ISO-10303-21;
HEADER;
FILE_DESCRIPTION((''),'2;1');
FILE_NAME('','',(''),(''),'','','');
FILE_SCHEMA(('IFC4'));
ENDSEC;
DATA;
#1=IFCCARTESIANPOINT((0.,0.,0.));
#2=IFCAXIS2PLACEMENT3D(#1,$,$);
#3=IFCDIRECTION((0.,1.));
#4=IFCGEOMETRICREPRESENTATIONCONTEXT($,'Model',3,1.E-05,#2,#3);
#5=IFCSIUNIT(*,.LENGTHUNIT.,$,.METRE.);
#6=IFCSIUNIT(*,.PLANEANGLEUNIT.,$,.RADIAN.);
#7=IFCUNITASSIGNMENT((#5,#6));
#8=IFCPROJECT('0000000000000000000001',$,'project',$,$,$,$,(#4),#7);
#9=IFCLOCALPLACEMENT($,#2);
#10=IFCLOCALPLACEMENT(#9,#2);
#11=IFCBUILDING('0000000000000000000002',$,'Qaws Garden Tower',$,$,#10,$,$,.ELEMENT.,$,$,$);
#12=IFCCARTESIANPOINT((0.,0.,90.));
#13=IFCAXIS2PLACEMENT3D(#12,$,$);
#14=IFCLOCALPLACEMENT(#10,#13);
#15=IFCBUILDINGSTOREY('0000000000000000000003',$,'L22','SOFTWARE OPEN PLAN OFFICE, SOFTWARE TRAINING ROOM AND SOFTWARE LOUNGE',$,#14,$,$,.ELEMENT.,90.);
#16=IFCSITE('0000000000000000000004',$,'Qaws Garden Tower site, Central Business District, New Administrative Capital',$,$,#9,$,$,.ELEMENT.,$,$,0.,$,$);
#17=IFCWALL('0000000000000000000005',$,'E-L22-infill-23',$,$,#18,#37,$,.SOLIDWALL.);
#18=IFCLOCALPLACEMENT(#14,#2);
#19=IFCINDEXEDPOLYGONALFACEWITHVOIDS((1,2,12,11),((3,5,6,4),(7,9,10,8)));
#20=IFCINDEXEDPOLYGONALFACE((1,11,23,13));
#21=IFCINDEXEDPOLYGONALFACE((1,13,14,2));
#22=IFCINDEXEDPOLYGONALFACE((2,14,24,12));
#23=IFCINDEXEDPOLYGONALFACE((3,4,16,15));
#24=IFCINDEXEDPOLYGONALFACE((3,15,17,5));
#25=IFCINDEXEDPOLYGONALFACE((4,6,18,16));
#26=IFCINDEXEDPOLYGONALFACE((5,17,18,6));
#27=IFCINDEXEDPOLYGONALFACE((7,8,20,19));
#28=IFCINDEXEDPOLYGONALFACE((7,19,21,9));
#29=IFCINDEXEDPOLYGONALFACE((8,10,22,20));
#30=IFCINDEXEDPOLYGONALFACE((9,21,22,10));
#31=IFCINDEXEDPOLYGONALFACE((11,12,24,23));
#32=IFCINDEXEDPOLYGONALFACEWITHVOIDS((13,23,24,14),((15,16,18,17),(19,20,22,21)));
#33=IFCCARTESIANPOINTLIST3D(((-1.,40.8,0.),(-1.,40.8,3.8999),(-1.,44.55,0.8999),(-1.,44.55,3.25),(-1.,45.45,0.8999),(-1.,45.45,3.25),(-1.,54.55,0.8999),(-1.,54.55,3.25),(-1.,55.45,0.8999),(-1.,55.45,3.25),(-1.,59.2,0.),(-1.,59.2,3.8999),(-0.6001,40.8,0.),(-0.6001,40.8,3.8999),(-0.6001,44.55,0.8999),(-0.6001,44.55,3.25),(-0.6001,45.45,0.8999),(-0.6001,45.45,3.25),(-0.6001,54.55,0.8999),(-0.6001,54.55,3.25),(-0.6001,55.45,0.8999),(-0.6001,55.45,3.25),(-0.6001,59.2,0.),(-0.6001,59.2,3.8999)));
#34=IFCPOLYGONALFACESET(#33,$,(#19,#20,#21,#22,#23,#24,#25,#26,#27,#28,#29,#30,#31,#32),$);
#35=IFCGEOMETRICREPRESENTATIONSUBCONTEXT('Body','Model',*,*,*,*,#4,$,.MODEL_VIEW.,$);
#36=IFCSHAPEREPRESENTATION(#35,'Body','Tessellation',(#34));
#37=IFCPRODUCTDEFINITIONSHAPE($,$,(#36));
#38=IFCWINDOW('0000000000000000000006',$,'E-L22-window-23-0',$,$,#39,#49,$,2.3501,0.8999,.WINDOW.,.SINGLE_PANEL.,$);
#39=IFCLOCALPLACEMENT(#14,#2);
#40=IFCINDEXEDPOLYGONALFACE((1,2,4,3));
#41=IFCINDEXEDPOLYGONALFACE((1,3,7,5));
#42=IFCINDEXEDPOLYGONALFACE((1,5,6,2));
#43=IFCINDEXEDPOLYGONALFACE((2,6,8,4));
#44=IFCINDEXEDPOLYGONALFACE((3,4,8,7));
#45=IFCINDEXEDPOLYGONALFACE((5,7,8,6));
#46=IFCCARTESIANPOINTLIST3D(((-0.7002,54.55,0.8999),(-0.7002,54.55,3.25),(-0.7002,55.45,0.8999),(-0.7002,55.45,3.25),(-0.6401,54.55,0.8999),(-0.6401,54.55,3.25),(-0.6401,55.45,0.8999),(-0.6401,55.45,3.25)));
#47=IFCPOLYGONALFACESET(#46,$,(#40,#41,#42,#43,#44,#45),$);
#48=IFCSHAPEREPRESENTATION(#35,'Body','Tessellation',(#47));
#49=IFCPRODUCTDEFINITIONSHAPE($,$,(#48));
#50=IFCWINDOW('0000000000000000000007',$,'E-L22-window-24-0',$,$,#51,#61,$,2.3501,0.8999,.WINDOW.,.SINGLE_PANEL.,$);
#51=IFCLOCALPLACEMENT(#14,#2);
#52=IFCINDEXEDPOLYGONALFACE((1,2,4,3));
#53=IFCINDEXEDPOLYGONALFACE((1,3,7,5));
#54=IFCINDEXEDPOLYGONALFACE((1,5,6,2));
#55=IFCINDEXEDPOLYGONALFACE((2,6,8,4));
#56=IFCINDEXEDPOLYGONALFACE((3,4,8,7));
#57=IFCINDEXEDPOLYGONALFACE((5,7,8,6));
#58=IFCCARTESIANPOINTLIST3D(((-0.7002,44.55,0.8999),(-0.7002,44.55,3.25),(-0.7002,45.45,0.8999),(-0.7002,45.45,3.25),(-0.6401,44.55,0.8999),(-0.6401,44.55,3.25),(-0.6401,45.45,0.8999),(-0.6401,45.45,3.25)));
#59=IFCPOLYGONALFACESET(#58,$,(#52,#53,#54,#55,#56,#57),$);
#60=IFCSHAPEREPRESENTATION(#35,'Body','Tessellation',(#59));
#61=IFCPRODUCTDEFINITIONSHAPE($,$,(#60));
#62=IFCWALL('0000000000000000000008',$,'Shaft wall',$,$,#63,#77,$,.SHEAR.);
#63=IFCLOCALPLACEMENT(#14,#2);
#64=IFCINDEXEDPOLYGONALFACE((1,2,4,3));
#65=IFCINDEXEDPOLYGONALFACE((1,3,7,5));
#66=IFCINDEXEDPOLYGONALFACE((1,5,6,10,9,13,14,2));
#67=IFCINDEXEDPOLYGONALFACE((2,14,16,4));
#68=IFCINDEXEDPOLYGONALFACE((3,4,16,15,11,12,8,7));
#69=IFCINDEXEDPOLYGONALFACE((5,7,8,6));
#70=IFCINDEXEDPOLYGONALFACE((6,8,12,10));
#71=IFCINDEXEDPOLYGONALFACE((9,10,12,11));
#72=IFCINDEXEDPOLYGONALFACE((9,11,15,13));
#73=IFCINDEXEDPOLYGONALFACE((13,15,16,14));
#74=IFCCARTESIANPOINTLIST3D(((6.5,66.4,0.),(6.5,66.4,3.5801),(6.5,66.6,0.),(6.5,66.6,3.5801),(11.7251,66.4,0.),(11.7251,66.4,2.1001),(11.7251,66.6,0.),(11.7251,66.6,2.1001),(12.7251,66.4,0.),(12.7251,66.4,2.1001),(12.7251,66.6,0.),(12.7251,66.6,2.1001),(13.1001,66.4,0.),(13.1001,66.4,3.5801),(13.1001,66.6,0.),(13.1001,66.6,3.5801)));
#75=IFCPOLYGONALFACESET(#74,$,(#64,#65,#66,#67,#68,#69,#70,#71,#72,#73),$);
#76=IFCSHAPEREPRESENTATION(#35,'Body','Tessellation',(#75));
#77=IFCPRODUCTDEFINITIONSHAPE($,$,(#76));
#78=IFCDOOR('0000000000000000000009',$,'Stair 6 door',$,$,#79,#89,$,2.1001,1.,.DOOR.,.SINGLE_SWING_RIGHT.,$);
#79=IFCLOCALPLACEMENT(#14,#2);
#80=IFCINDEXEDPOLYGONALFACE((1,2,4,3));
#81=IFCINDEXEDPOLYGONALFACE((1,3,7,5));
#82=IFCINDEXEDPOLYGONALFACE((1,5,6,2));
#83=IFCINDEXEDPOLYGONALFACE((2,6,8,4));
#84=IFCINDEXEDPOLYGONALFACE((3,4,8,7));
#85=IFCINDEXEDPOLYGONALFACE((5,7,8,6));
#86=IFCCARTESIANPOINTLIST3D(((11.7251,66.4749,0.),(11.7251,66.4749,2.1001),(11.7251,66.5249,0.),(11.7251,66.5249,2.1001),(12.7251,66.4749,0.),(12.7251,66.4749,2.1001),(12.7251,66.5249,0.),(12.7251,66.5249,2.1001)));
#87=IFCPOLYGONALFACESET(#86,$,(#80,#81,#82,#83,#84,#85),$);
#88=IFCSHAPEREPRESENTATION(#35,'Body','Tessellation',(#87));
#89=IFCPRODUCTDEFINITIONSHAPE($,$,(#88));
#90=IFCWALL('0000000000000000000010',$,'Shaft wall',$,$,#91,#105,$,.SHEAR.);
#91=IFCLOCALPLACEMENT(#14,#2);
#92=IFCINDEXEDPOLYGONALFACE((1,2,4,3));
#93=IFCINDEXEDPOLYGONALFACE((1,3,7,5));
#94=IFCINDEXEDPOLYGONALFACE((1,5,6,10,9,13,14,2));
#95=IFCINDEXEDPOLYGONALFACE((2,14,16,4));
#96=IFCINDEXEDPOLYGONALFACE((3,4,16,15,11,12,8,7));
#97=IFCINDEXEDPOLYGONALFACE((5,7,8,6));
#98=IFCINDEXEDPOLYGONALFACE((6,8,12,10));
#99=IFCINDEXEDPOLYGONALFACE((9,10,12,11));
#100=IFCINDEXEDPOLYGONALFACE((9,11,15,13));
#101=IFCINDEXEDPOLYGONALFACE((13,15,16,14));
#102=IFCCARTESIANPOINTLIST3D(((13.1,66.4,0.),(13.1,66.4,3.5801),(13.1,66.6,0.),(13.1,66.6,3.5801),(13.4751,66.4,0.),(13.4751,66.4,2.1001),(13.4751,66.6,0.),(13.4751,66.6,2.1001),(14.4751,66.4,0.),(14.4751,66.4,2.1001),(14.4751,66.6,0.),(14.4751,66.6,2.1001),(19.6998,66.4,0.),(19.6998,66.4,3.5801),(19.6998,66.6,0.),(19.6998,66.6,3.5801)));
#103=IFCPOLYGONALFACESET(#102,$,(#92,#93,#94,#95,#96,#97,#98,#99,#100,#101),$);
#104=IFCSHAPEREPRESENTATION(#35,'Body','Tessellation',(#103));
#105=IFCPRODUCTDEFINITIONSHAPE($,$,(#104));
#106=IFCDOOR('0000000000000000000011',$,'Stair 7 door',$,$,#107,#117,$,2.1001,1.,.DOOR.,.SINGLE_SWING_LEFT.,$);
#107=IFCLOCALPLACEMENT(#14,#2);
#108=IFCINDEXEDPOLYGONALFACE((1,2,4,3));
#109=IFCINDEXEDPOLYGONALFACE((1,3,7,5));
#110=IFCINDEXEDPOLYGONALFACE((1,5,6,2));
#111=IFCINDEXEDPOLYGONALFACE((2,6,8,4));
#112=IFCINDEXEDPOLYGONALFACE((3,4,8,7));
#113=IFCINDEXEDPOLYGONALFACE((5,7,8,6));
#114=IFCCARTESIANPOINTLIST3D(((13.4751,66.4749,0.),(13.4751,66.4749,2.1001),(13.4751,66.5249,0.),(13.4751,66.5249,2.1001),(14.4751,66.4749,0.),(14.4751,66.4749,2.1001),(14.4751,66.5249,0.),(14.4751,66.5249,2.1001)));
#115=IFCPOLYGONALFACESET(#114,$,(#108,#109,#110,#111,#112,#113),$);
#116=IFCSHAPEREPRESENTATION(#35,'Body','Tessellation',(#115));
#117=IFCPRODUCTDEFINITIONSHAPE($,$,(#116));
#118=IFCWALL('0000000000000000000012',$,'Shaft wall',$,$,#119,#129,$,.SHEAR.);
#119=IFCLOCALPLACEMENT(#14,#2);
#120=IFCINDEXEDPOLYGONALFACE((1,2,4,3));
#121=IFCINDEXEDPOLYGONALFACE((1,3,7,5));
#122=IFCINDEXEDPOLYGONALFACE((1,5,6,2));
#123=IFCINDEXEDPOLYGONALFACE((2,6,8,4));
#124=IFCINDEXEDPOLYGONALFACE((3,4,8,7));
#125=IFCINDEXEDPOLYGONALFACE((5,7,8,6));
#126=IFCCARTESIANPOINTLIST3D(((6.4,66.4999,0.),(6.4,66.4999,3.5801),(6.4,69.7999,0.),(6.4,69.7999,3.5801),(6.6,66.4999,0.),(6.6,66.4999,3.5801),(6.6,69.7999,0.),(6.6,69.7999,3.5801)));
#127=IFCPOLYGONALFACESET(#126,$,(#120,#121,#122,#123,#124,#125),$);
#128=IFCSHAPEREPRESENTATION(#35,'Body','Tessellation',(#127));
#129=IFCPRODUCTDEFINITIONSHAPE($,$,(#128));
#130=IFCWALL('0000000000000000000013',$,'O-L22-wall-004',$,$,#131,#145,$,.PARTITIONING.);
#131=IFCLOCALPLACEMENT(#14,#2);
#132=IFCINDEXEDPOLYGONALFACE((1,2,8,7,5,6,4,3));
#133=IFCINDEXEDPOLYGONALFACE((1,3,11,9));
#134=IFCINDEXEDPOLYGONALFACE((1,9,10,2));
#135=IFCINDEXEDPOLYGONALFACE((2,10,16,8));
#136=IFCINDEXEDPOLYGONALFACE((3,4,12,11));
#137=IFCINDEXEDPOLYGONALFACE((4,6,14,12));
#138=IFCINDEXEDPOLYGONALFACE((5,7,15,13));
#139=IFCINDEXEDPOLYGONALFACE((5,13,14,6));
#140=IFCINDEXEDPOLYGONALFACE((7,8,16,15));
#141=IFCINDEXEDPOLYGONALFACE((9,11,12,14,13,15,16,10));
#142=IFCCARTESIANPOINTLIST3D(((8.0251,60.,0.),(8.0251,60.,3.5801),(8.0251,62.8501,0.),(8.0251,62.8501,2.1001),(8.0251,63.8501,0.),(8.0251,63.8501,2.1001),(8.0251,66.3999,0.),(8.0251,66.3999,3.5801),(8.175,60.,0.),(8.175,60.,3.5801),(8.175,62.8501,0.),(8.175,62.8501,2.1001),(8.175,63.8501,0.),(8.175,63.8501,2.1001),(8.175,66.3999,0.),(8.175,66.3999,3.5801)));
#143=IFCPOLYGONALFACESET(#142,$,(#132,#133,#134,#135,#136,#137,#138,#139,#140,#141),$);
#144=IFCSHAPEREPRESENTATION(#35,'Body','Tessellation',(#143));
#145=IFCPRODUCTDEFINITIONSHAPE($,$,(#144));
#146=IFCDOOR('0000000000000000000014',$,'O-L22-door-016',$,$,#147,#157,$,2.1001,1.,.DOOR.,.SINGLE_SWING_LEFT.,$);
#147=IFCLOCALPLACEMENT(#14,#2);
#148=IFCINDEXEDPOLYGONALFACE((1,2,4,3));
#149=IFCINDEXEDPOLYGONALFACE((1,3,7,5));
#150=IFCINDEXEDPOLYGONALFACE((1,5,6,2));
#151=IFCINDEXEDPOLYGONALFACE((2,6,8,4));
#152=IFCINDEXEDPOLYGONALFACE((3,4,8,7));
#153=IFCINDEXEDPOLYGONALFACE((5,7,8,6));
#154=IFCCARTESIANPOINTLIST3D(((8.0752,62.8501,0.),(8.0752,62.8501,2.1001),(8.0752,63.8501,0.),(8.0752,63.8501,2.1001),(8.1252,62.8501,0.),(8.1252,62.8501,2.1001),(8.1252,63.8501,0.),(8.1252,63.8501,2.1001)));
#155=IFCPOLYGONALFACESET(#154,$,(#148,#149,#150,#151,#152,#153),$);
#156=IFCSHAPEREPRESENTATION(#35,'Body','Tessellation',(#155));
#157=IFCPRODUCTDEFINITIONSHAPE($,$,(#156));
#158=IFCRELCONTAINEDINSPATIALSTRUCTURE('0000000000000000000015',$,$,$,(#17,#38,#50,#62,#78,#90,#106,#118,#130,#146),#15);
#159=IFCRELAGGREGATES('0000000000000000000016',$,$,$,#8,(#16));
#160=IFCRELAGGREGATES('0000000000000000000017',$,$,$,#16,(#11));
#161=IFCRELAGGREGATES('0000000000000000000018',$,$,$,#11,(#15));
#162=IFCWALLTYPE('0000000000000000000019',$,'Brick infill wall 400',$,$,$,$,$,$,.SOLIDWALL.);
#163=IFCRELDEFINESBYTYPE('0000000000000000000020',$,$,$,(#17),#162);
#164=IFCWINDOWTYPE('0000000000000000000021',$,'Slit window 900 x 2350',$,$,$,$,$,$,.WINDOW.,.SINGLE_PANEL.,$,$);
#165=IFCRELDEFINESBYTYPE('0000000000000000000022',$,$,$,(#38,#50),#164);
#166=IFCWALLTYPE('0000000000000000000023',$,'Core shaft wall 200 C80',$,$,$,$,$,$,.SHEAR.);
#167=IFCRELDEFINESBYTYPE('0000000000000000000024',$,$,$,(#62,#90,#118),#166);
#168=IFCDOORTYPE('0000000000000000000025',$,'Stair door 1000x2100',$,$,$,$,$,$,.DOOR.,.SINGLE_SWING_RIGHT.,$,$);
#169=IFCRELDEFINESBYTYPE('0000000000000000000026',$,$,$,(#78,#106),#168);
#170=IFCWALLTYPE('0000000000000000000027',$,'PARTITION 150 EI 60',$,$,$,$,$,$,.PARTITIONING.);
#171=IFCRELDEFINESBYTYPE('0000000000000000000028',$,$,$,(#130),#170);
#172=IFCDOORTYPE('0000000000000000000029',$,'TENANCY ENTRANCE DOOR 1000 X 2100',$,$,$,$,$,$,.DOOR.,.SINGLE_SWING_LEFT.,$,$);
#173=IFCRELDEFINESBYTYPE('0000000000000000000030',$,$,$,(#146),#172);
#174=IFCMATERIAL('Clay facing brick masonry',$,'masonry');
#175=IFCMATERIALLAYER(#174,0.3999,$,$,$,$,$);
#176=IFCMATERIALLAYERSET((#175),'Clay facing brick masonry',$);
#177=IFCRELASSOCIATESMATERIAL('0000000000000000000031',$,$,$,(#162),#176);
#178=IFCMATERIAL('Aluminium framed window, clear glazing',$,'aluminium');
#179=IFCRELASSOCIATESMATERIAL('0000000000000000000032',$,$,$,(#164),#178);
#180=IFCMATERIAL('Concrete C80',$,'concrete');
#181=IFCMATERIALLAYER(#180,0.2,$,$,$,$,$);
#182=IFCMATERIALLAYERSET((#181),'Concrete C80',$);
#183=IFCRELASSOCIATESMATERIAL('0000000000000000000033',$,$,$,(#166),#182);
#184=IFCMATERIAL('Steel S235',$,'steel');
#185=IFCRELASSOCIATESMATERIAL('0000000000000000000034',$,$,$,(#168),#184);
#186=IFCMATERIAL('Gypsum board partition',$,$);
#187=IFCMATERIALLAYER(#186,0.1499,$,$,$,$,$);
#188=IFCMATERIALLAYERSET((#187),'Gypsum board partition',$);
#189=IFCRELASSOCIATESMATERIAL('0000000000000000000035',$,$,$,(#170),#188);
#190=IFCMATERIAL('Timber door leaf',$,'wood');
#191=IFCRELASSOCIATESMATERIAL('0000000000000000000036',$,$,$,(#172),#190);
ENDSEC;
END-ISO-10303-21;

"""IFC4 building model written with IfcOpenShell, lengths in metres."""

from ifc_helpers import new_model, si_unit, direction, frame, frame_2d, origin, place, context, subcontext, project, spatial, rectangle, extrude, material, layer, layer_set, type_object, element, fill, save


model = new_model("IFC4")

# Units and contexts
model_context = context("Model", 3, precision=1e-05, world=origin(), true_north=direction((0.0, 1.0)))
body_context = subcontext(model_context, "Body", "Model", "MODEL_VIEW")
ifc_project = project(units=[si_unit("LENGTHUNIT", "METRE"), si_unit("PLANEANGLEUNIT", "RADIAN")], contexts=[model_context])

# Site, building, storey
site_placement = place(None, origin())
site = spatial("IfcSite", under=ifc_project, at=site_placement, Name="Qaws Garden Tower site, Central Business District, New Administrative Capital", CompositionType="ELEMENT", RefElevation=0.0)
building_placement = place(site_placement, origin())
building = spatial("IfcBuilding", under=site, at=building_placement, Name="Qaws Garden Tower", CompositionType="ELEMENT")
storey_placement = place(building_placement, frame((0.0, 0.0, 90.0)))
storey = spatial("IfcBuildingStorey", under=building, at=storey_placement, Name="L22", Description="SOFTWARE OPEN PLAN OFFICE, SOFTWARE TRAINING ROOM AND SOFTWARE LOUNGE", CompositionType="ELEMENT", Elevation=90.0)

# Shared definitions
ifc_material_1 = material(Name="Clay facing brick masonry", Category="masonry")
ifc_layer_1 = layer(ifc_material_1, 0.3999)
ifc_layer_set_1 = layer_set([ifc_layer_1], Name="Clay facing brick masonry")
wall_type_1 = type_object("IfcWallType", Name="Brick infill wall 400", PredefinedType="SOLIDWALL", material=ifc_layer_set_1)

# Wall, openings, windows
wall_1_placement = place(storey_placement, frame((-0.8, 59.2, 0.0), z_axis=(0.0, 0.0, 1.0), x_axis=(0.0, -1.0, 0.0)))
wall_1 = element("IfcWall", 1, at=wall_1_placement, inside=storey, type_object=wall_type_1, Name="E-L22-infill-23", PredefinedType="SOLIDWALL", context=body_context, shape_type="SweptSolid", body=[
    extrude(rectangle(XDim=18.3999, YDim=0.3999, at=frame_2d((9.2, 0.0))), origin(), (0.0, 0.0, 1.0), 3.8999),
])
opening_1_placement = place(wall_1_placement, frame((3.75, 0.0, 0.8999)))
opening_1 = element("IfcOpeningElement", 2, at=opening_1_placement, cuts=wall_1, PredefinedType="OPENING", context=body_context, shape_type="SweptSolid", body=[
    extrude(rectangle(XDim=0.8999, YDim=2.3501, at=frame_2d((0.45, 1.175))), frame((0.0, 0.21, 0.0), z_axis=(0.0, -1.0, 0.0), x_axis=(1.0, 0.0, 0.0)), (0.0, 0.0, 1.0), 0.4199),
])
opening_2_placement = place(wall_1_placement, frame((13.75, 0.0, 0.8999)))
opening_2 = element("IfcOpeningElement", 3, at=opening_2_placement, cuts=wall_1, PredefinedType="OPENING", context=body_context, shape_type="SweptSolid", body=[
    extrude(rectangle(XDim=0.8999, YDim=2.3501, at=frame_2d((0.45, 1.175))), frame((0.0, 0.21, 0.0), z_axis=(0.0, -1.0, 0.0), x_axis=(1.0, 0.0, 0.0)), (0.0, 0.0, 1.0), 0.4199),
])
ifc_material_2 = material(Name="Aluminium framed window, clear glazing", Category="aluminium")
window_type_1 = type_object("IfcWindowType", Name="Slit window 900 x 2350", PartitioningType="SINGLE_PANEL", PredefinedType="WINDOW", material=ifc_material_2)
window_1_placement = place(opening_1_placement, origin())
window_1 = element("IfcWindow", 4, at=window_1_placement, inside=storey, type_object=window_type_1, Name="E-L22-window-23-0", OverallHeight=2.3501, OverallWidth=0.8999, PartitioningType="SINGLE_PANEL", PredefinedType="WINDOW", context=body_context, shape_type="SweptSolid", body=[
    extrude(rectangle(XDim=0.8999, YDim=2.3501, at=frame_2d((0.45, 1.175))), frame((0.0, 0.1599, 0.0), z_axis=(0.0, -1.0, 0.0), x_axis=(1.0, 0.0, 0.0)), (0.0, 0.0, 1.0), 0.0601),
])
fill(opening_1, window_1)
window_2_placement = place(opening_2_placement, origin())
window_2 = element("IfcWindow", 5, at=window_2_placement, inside=storey, type_object=window_type_1, Name="E-L22-window-24-0", OverallHeight=2.3501, OverallWidth=0.8999, PartitioningType="SINGLE_PANEL", PredefinedType="WINDOW", context=body_context, shape_type="SweptSolid", body=[
    extrude(rectangle(XDim=0.8999, YDim=2.3501, at=frame_2d((0.45, 1.175))), frame((0.0, 0.1599, 0.0), z_axis=(0.0, -1.0, 0.0), x_axis=(1.0, 0.0, 0.0)), (0.0, 0.0, 1.0), 0.0601),
])
fill(opening_2, window_2)

# Walls, openings, doors
ifc_material_3 = material(Name="Concrete C80", Category="concrete")
ifc_layer_2 = layer(ifc_material_3, 0.2)
ifc_layer_set_2 = layer_set([ifc_layer_2], Name="Concrete C80")
wall_type_2 = type_object("IfcWallType", Name="Core shaft wall 200 C80", PredefinedType="SHEAR", material=ifc_layer_set_2)
wall_2_placement = place(storey_placement, frame((6.5, 66.5, 0.0), z_axis=(0.0, 0.0, 1.0), x_axis=(1.0, 0.0, 0.0)))
wall_2 = element("IfcWall", 6, at=wall_2_placement, inside=storey, type_object=wall_type_2, Name="Shaft wall", PredefinedType="SHEAR", context=body_context, shape_type="SweptSolid", body=[
    extrude(rectangle(XDim=6.6001, YDim=0.2, at=frame_2d((3.3, 0.0))), origin(), (0.0, 0.0, 1.0), 3.5801),
])
opening_3_placement = place(wall_2_placement, frame((5.2251, 0.0, 0.0)))
opening_3 = element("IfcOpeningElement", 7, at=opening_3_placement, cuts=wall_2, PredefinedType="OPENING", context=body_context, shape_type="SweptSolid", body=[
    extrude(rectangle(XDim=1.0, YDim=2.1001, at=frame_2d((0.5, 1.05))), frame((0.0, 0.1099, 0.0), z_axis=(0.0, -1.0, 0.0), x_axis=(1.0, 0.0, 0.0)), (0.0, 0.0, 1.0), 0.22),
])
ifc_material_4 = material(Name="Steel S235", Category="steel")
door_type_1 = type_object("IfcDoorType", Name="Stair door 1000x2100", OperationType="SINGLE_SWING_RIGHT", PredefinedType="DOOR", material=ifc_material_4)
door_1_placement = place(opening_3_placement, origin())
door_1 = element("IfcDoor", 8, at=door_1_placement, inside=storey, type_object=door_type_1, Name="Stair 6 door", OperationType="SINGLE_SWING_RIGHT", OverallHeight=2.1001, OverallWidth=1.0, PredefinedType="DOOR", context=body_context, shape_type="SweptSolid", body=[
    extrude(rectangle(XDim=1.0, YDim=2.1001, at=frame_2d((0.5, 1.05))), frame((0.0, 0.0249, 0.0), z_axis=(0.0, -1.0, 0.0), x_axis=(1.0, 0.0, 0.0)), (0.0, 0.0, 1.0), 0.05),
])
fill(opening_3, door_1)
wall_3_placement = place(storey_placement, frame((13.1001, 66.5, 0.0), z_axis=(0.0, 0.0, 1.0), x_axis=(1.0, 0.0, 0.0)))
wall_3 = element("IfcWall", 9, at=wall_3_placement, inside=storey, type_object=wall_type_2, Name="Shaft wall", PredefinedType="SHEAR", context=body_context, shape_type="SweptSolid", body=[
    extrude(rectangle(XDim=6.5999, YDim=0.2, at=frame_2d((3.2998, 0.0))), origin(), (0.0, 0.0, 1.0), 3.5801),
])
opening_4_placement = place(wall_3_placement, frame((0.375, 0.0, 0.0)))
opening_4 = element("IfcOpeningElement", 10, at=opening_4_placement, cuts=wall_3, PredefinedType="OPENING", context=body_context, shape_type="SweptSolid", body=[
    extrude(rectangle(XDim=1.0, YDim=2.1001, at=frame_2d((0.5, 1.05))), frame((0.0, 0.1099, 0.0), z_axis=(0.0, -1.0, 0.0), x_axis=(1.0, 0.0, 0.0)), (0.0, 0.0, 1.0), 0.22),
])
door_2_placement = place(opening_4_placement, origin())
door_2 = element("IfcDoor", 11, at=door_2_placement, inside=storey, type_object=door_type_1, Name="Stair 7 door", OperationType="SINGLE_SWING_LEFT", OverallHeight=2.1001, OverallWidth=1.0, PredefinedType="DOOR", context=body_context, shape_type="SweptSolid", body=[
    extrude(rectangle(XDim=1.0, YDim=2.1001, at=frame_2d((0.5, 1.05))), frame((0.0, 0.0249, 0.0), z_axis=(0.0, -1.0, 0.0), x_axis=(1.0, 0.0, 0.0)), (0.0, 0.0, 1.0), 0.05),
])
fill(opening_4, door_2)

# Wall
wall_4_placement = place(storey_placement, frame((6.5, 66.5, 0.0), z_axis=(0.0, 0.0, 1.0), x_axis=(0.0, 1.0, 0.0)))
element("IfcWall", 12, at=wall_4_placement, inside=storey, type_object=wall_type_2, Name="Shaft wall", PredefinedType="SHEAR", context=body_context, shape_type="SweptSolid", body=[
    extrude(rectangle(XDim=3.3, YDim=0.2, at=frame_2d((1.6499, 0.0))), origin(), (0.0, 0.0, 1.0), 3.5801),
])

# Wall, opening, door
ifc_material_5 = material(Name="Gypsum board partition")
ifc_layer_3 = layer(ifc_material_5, 0.1499)
ifc_layer_set_3 = layer_set([ifc_layer_3], Name="Gypsum board partition")
wall_type_3 = type_object("IfcWallType", Name="PARTITION 150 EI 60", PredefinedType="PARTITIONING", material=ifc_layer_set_3)
wall_5_placement = place(storey_placement, frame((8.1001, 60.0, 0.0), z_axis=(0.0, 0.0, 1.0), x_axis=(0.0, 1.0, 0.0)))
wall_5 = element("IfcWall", 13, at=wall_5_placement, inside=storey, type_object=wall_type_3, Name="O-L22-wall-004", PredefinedType="PARTITIONING", context=body_context, shape_type="SweptSolid", body=[
    extrude(rectangle(XDim=6.3999, YDim=0.1499, at=frame_2d((3.2, 0.0))), origin(), (0.0, 0.0, 1.0), 3.5801),
])
opening_5_placement = place(wall_5_placement, frame((2.8501, 0.0, 0.0)))
opening_5 = element("IfcOpeningElement", 14, at=opening_5_placement, cuts=wall_5, PredefinedType="OPENING", context=body_context, shape_type="SweptSolid", body=[
    extrude(rectangle(XDim=1.0, YDim=2.1001, at=frame_2d((0.5, 1.05))), frame((0.0, 0.085, 0.0), z_axis=(0.0, -1.0, 0.0), x_axis=(1.0, 0.0, 0.0)), (0.0, 0.0, 1.0), 0.1699),
])
ifc_material_6 = material(Name="Timber door leaf", Category="wood")
door_type_2 = type_object("IfcDoorType", Name="TENANCY ENTRANCE DOOR 1000 X 2100", OperationType="SINGLE_SWING_LEFT", PredefinedType="DOOR", material=ifc_material_6)
door_3_placement = place(opening_5_placement, origin())
door_3 = element("IfcDoor", 15, at=door_3_placement, inside=storey, type_object=door_type_2, Name="O-L22-door-016", OperationType="SINGLE_SWING_LEFT", OverallHeight=2.1001, OverallWidth=1.0, PredefinedType="DOOR", context=body_context, shape_type="SweptSolid", body=[
    extrude(rectangle(XDim=1.0, YDim=2.1001, at=frame_2d((0.5, 1.05))), frame((0.0, 0.0249, 0.0), z_axis=(0.0, -1.0, 0.0), x_axis=(1.0, 0.0, 0.0)), (0.0, 0.0, 1.0), 0.05),
])
fill(opening_5, door_3)

save(model, "model.ifc")
